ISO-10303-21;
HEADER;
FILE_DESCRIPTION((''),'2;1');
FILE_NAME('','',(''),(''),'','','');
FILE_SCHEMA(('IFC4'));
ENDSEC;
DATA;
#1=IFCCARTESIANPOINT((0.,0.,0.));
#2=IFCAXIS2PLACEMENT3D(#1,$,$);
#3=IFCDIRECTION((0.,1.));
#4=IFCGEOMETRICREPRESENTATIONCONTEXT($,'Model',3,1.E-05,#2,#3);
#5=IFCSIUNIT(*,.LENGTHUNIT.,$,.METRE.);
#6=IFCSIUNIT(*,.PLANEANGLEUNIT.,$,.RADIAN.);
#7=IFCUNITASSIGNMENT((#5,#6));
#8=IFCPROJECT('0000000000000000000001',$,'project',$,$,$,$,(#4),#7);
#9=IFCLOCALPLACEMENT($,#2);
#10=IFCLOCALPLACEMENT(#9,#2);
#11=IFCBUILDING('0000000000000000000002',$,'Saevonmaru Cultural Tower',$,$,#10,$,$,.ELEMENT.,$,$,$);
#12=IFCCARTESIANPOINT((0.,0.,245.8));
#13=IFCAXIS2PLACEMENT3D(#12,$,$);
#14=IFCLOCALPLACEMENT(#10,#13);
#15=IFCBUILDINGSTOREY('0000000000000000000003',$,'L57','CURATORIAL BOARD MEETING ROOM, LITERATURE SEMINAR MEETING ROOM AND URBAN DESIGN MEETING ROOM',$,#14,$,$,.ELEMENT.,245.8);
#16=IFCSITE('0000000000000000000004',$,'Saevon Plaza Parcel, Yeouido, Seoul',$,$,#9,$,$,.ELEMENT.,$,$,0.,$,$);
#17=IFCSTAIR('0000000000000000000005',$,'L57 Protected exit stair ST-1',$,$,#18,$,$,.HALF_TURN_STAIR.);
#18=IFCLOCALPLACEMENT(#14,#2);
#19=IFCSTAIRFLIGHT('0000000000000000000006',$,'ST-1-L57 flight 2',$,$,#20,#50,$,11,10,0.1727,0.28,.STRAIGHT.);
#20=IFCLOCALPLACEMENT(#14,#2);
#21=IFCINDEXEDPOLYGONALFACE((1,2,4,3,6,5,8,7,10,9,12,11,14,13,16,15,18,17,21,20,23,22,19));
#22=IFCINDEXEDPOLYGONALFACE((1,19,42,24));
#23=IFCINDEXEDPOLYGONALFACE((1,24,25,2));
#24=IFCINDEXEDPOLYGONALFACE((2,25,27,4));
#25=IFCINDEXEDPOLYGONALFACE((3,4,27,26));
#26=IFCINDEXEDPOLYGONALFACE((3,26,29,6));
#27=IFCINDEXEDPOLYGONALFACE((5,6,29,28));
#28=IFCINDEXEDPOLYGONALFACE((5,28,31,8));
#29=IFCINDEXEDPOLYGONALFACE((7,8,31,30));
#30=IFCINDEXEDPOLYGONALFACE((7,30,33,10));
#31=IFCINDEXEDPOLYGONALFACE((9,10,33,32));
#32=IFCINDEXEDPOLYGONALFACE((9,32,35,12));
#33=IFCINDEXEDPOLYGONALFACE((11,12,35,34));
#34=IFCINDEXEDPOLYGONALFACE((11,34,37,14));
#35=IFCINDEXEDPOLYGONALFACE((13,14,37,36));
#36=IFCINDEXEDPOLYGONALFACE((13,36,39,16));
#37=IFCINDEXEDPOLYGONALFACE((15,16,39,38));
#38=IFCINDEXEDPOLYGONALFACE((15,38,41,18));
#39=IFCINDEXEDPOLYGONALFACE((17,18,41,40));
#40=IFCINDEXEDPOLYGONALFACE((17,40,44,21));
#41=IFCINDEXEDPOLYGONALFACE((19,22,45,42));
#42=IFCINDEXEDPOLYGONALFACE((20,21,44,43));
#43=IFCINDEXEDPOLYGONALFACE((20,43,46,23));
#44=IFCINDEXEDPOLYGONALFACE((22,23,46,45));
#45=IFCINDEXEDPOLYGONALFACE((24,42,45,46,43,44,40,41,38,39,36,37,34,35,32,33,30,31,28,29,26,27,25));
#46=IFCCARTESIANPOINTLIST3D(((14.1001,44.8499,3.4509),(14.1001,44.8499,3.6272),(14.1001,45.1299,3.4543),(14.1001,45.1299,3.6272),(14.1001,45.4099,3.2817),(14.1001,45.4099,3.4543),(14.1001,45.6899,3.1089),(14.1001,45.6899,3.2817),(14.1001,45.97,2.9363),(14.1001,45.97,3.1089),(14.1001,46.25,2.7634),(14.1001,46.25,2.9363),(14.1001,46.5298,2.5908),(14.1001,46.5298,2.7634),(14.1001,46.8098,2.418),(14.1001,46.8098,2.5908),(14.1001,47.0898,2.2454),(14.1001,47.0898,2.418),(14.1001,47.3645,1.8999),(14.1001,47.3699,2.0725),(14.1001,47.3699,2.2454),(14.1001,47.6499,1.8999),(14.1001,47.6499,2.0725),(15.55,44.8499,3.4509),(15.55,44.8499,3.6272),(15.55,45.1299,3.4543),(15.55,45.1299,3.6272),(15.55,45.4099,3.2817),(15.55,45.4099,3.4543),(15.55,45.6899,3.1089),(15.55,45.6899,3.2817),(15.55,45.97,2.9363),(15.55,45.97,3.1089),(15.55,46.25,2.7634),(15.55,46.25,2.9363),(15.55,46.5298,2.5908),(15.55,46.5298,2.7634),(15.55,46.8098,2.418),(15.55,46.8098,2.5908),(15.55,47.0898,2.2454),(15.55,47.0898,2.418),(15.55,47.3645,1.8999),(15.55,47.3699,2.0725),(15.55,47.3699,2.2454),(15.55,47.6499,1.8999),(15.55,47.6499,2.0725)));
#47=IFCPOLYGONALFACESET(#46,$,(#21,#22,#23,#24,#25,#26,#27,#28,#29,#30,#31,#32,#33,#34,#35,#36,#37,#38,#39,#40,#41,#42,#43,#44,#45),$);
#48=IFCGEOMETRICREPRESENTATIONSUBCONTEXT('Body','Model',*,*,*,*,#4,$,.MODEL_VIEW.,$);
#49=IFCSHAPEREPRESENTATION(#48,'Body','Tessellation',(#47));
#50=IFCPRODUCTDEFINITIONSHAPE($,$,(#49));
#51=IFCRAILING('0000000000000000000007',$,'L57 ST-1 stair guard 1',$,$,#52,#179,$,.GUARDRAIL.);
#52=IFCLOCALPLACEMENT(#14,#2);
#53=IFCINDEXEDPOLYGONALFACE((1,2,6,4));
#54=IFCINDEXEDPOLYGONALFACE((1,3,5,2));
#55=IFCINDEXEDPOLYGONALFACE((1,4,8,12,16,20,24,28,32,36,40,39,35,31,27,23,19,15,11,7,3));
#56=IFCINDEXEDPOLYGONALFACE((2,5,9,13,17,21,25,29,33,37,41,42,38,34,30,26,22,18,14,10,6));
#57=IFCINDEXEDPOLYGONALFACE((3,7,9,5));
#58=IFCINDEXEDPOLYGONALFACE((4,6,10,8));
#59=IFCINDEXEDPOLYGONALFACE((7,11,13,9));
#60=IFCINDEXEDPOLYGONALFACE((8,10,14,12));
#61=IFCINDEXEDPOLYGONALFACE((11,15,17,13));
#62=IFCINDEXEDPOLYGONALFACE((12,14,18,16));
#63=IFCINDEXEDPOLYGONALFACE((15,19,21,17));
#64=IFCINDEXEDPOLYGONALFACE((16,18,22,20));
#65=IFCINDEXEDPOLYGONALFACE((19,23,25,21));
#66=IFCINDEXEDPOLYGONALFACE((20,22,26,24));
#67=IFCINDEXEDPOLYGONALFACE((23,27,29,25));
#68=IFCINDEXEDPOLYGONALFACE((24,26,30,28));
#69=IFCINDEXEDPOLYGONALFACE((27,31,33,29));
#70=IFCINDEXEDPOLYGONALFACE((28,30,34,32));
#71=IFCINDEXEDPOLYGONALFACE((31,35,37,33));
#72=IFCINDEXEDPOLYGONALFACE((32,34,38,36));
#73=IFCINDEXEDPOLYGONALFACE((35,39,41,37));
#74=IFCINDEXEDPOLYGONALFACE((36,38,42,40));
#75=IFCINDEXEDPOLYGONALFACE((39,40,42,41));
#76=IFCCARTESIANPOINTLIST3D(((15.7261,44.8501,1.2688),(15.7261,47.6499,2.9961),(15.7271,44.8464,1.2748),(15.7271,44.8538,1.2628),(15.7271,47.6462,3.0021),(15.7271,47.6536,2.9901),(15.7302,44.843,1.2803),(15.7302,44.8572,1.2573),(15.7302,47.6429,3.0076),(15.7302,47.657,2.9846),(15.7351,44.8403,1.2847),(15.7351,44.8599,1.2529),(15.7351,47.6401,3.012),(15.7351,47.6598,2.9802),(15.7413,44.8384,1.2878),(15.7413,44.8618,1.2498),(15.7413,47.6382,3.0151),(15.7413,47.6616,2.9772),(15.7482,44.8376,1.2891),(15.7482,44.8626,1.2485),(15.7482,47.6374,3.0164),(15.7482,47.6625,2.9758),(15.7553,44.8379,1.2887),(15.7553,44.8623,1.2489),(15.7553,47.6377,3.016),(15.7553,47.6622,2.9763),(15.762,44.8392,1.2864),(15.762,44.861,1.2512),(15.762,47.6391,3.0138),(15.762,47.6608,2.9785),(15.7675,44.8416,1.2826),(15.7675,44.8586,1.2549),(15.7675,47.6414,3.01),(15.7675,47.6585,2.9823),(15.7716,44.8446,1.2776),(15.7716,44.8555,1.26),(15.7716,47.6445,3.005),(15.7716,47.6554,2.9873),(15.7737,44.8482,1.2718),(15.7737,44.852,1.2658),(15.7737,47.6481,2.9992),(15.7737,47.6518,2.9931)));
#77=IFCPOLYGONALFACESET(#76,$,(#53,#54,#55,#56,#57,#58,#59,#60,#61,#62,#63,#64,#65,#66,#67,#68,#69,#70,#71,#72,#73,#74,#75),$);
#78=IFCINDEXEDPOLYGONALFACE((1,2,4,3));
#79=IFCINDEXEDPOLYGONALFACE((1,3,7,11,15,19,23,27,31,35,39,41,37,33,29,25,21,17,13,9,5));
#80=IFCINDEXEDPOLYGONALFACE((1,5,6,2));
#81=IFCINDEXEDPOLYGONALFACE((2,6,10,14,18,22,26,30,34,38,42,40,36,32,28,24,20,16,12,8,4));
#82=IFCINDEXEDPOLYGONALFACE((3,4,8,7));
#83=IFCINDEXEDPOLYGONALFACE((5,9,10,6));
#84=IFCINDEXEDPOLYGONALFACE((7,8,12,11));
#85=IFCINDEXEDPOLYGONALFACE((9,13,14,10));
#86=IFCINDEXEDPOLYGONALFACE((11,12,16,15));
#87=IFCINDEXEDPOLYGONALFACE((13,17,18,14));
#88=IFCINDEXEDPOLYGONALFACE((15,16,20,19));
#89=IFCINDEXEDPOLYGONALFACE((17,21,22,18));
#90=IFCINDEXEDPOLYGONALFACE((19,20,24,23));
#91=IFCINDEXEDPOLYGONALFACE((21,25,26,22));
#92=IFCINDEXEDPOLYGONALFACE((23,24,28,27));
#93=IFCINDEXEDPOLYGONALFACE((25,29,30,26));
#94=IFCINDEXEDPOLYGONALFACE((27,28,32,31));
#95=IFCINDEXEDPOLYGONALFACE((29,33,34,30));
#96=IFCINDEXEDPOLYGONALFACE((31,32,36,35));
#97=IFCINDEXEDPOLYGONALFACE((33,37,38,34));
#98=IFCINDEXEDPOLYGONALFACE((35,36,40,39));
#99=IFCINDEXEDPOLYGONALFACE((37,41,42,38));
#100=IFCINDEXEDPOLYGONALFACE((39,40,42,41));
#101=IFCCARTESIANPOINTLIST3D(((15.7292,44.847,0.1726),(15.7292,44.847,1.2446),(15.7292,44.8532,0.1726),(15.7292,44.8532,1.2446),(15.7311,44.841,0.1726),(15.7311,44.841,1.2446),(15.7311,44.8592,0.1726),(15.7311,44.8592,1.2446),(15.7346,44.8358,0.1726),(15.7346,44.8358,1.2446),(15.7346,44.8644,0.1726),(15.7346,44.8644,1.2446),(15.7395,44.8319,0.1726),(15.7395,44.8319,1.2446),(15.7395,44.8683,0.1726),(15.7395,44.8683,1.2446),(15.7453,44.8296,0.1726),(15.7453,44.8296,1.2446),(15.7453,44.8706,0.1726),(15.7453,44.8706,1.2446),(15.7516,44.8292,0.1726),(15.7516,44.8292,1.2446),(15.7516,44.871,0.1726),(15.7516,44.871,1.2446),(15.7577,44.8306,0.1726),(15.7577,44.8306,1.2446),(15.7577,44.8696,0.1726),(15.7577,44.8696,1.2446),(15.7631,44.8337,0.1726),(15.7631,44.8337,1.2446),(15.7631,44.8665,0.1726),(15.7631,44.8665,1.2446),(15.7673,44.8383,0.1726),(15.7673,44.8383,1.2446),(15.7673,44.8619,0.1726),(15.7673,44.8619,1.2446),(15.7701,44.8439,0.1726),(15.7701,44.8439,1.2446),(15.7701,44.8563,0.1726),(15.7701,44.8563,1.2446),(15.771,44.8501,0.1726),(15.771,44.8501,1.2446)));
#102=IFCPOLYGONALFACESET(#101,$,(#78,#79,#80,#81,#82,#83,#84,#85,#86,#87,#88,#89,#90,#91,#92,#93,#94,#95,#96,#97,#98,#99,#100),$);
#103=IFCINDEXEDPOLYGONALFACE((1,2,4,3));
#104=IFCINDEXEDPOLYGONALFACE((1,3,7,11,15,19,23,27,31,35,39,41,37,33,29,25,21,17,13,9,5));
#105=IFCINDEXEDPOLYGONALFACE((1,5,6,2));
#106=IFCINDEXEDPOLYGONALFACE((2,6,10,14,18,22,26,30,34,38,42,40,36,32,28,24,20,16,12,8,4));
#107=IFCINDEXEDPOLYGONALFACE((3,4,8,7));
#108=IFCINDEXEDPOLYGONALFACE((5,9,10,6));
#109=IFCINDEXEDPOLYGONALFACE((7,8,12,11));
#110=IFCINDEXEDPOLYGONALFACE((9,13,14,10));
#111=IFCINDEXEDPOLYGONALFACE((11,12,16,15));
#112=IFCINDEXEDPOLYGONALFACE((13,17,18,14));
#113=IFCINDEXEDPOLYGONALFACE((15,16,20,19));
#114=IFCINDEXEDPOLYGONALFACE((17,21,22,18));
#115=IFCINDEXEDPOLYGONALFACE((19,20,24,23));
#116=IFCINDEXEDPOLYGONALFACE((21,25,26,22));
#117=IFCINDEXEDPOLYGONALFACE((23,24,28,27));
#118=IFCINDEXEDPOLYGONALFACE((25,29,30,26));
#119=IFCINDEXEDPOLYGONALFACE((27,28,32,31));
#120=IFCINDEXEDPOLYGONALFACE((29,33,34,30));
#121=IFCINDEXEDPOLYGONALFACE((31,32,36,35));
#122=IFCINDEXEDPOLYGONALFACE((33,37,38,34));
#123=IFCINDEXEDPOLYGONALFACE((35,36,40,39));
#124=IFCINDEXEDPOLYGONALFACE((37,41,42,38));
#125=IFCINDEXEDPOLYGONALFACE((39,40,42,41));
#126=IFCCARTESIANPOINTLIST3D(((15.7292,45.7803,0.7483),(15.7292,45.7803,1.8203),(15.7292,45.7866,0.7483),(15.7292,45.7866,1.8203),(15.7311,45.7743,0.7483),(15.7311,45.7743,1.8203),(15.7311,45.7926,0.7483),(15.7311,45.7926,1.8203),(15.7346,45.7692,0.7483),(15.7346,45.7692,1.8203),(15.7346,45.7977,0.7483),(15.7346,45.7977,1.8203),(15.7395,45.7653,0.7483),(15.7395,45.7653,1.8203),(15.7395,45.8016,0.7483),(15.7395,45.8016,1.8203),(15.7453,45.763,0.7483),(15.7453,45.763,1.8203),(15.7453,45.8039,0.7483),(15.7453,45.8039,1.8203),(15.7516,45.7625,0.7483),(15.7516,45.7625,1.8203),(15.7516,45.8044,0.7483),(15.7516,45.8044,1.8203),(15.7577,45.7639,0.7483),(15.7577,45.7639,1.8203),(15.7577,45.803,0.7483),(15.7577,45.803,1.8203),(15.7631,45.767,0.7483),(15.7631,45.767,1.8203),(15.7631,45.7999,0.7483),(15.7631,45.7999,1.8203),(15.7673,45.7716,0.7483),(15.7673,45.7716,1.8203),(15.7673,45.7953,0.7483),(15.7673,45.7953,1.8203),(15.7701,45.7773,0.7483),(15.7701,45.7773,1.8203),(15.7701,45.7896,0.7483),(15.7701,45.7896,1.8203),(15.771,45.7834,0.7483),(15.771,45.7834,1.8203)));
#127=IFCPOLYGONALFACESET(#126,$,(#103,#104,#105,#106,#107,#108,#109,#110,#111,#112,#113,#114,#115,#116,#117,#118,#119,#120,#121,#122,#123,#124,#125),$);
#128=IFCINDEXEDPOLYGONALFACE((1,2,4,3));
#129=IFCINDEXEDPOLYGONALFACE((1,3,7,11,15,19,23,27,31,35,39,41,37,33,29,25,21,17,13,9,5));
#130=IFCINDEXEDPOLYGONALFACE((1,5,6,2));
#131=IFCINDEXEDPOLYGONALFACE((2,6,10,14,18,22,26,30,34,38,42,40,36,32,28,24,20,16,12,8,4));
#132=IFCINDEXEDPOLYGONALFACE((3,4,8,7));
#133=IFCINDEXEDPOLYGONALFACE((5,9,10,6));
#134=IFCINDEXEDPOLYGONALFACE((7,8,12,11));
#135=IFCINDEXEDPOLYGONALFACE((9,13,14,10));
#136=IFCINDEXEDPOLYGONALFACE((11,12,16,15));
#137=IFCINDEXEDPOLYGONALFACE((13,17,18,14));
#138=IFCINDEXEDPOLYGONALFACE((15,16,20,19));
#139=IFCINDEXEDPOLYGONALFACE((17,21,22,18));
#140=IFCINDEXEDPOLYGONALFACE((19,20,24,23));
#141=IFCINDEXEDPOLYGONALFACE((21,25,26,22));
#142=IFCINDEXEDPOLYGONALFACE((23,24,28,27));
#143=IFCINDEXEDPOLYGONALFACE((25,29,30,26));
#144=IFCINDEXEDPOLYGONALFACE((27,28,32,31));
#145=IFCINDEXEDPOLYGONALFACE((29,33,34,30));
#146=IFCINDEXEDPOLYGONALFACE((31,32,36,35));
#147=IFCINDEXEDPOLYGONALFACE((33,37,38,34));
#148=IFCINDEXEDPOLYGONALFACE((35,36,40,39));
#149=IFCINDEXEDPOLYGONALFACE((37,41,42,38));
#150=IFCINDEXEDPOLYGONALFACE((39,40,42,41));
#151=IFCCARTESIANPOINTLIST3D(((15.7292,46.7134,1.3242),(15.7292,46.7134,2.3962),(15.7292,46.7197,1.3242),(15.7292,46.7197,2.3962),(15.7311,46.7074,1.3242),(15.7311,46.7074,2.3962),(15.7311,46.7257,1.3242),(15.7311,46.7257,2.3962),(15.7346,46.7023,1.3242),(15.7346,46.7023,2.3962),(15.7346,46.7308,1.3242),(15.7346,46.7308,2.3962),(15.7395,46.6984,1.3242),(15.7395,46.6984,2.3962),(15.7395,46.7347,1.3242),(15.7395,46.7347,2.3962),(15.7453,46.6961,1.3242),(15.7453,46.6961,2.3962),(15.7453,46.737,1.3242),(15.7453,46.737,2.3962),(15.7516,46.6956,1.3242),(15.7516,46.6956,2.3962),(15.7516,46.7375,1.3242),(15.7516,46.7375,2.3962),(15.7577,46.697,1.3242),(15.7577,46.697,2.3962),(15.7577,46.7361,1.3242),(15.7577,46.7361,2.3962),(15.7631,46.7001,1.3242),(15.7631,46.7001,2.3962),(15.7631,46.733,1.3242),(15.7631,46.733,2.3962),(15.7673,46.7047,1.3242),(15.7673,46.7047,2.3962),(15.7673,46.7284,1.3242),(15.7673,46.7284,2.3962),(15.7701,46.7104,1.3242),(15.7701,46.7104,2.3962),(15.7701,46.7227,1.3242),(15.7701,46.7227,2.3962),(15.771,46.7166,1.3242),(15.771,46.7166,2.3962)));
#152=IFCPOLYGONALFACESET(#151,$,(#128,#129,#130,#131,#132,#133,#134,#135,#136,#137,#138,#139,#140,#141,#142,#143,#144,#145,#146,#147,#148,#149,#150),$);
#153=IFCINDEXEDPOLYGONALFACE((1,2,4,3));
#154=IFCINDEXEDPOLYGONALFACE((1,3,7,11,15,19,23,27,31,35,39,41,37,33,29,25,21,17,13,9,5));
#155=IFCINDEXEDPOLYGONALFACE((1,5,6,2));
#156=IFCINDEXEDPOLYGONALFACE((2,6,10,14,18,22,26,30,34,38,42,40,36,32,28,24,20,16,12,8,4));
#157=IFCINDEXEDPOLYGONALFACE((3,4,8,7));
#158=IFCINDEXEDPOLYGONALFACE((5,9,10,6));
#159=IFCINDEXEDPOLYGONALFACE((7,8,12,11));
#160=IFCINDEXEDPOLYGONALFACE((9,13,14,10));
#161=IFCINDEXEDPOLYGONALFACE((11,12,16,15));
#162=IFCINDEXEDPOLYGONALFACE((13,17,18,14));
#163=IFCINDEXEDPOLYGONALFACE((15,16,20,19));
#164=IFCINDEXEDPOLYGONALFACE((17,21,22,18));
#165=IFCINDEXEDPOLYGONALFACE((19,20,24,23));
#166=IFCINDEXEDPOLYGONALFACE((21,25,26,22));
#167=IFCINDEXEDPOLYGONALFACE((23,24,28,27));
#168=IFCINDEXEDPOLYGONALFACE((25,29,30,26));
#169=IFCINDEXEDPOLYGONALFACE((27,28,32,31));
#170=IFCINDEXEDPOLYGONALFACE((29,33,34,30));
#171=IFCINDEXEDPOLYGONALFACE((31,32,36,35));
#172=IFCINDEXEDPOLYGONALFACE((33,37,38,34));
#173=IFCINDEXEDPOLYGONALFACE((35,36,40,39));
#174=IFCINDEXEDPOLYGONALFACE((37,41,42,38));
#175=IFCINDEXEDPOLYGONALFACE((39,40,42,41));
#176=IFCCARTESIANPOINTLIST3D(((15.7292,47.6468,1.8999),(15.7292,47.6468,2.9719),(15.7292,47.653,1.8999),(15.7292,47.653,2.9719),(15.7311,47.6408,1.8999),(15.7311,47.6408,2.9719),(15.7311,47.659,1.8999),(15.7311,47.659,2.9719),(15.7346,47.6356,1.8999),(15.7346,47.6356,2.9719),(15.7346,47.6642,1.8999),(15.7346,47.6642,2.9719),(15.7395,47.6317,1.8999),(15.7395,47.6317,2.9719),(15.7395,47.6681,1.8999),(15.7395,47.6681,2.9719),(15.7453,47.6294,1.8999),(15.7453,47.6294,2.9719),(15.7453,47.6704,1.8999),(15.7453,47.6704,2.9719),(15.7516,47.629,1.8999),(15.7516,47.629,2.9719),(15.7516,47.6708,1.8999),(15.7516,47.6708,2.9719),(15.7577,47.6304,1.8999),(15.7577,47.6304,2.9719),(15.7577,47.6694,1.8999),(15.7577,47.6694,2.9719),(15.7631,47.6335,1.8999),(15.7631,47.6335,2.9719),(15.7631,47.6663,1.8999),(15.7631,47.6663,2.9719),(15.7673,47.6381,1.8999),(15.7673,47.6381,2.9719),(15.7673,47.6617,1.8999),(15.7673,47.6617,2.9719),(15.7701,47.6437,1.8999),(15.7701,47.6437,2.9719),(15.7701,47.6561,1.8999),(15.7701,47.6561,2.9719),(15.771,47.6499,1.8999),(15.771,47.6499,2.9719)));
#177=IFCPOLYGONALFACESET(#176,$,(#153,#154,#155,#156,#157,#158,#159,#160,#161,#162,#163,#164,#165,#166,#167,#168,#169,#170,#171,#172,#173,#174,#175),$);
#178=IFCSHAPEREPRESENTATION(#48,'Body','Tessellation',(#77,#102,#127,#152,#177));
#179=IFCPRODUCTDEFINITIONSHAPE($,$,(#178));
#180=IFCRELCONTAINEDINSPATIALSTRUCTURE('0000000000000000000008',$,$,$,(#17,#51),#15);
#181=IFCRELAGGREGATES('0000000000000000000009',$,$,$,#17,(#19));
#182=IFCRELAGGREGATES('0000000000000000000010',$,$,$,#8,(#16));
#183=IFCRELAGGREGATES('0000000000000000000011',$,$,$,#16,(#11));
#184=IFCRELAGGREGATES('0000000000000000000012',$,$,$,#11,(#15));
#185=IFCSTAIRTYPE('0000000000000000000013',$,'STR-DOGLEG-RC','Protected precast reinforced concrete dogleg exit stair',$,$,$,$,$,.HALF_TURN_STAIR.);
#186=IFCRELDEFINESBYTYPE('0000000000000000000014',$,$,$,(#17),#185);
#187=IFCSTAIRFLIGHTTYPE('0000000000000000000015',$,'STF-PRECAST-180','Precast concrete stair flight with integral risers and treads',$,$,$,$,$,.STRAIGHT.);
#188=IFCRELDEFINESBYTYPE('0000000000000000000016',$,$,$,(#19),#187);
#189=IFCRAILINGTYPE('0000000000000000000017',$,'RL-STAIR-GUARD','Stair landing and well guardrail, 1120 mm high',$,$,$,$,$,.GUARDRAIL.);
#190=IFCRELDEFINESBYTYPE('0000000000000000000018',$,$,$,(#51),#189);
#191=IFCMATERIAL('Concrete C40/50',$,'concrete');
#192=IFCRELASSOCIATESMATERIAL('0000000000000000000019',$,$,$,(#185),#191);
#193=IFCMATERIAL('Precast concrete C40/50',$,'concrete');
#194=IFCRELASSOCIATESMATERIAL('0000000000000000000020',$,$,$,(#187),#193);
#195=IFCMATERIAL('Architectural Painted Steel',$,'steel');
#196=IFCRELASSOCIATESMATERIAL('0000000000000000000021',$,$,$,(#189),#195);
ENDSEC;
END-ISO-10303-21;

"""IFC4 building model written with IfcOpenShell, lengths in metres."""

from ifc_helpers import new_model, si_unit, direction, frame, origin, origin_2d, place, context, subcontext, project, spatial, polyline, circle, outline, extrude, material, type_object, element, aggregate, save


model = new_model("IFC4")

# Units and contexts
model_context = context("Model", 3, precision=1e-05, world=origin(), true_north=direction((0.0, 1.0)))
body_context = subcontext(model_context, "Body", "Model", "MODEL_VIEW")
ifc_project = project(units=[si_unit("LENGTHUNIT", "METRE"), si_unit("PLANEANGLEUNIT", "RADIAN")], contexts=[model_context])

# Site, building, storey
site_placement = place(None, origin())
site = spatial("IfcSite", under=ifc_project, at=site_placement, Name="Saevon Plaza Parcel, Yeouido, Seoul", CompositionType="ELEMENT", RefElevation=0.0)
building_placement = place(site_placement, origin())
building = spatial("IfcBuilding", under=site, at=building_placement, Name="Saevonmaru Cultural Tower", CompositionType="ELEMENT")
storey_placement = place(building_placement, frame((0.0, 0.0, 245.8)))
storey = spatial("IfcBuildingStorey", under=building, at=storey_placement, Name="L57", Description="CURATORIAL BOARD MEETING ROOM, LITERATURE SEMINAR MEETING ROOM AND URBAN DESIGN MEETING ROOM", CompositionType="ELEMENT", Elevation=245.8)

# Shared definitions
ifc_material_1 = material(Name="Concrete C40/50", Category="concrete")

# Stair, stair flight
stair_type = type_object("IfcStairType", Name="STR-DOGLEG-RC", Description="Protected precast reinforced concrete dogleg exit stair", PredefinedType="HALF_TURN_STAIR", material=ifc_material_1)
stair_placement = place(storey_placement, origin())
stair = element("IfcStair", 1, at=stair_placement, inside=storey, type_object=stair_type, Name="L57 Protected exit stair ST-1", PredefinedType="HALF_TURN_STAIR")
ifc_material_2 = material(Name="Precast concrete C40/50", Category="concrete")
stair_flight_type = type_object("IfcStairFlightType", Name="STF-PRECAST-180", Description="Precast concrete stair flight with integral risers and treads", PredefinedType="STRAIGHT", material=ifc_material_2)
stair_flight_1_placement = place(storey_placement, frame((14.825, 47.6499, 1.8999), z_axis=(0.0, 0.0, 1.0), x_axis=(0.0, -1.0, 0.0)))
stair_flight_1 = element("IfcStairFlight", 2, at=stair_flight_1_placement, type_object=stair_flight_type, Name="ST-1-L57 flight 2", NumberOfRisers=11, NumberOfTreads=10, PredefinedType="STRAIGHT", RiserHeight=0.1727, TreadLength=0.28, context=body_context, shape_type="SweptSolid", body=[
    extrude(outline(polyline([(0.0, 0.0), (0.0, 0.1726), (0.28, 0.1726), (0.28, 0.3455), (0.5601, 0.3455), (0.5601, 0.5181), (0.8401, 0.5181), (0.8401, 0.6909), (1.1201, 0.6909), (1.1201, 0.8635), (1.3999, 0.8635), (1.3999, 1.0364), (1.6799, 1.0364), (1.6799, 1.209), (1.96, 1.209), (1.96, 1.3818), (2.24, 1.3818), (2.24, 1.5544), (2.52, 1.5544), (2.52, 1.7273), (2.8, 1.7273), (2.8, 1.8999), (2.8, 1.551), (0.2854, 0.0), (0.0, 0.0)])), frame((0.0, 0.7251, 0.0), z_axis=(0.0, -1.0, 0.0), x_axis=(1.0, 0.0, 0.0)), (0.0, 0.0, 1.0), 1.45),
])
aggregate(stair, [stair_flight_1])

# Railing
ifc_material_3 = material(Name="Architectural Painted Steel", Category="steel")
railing_type_1 = type_object("IfcRailingType", Name="RL-STAIR-GUARD", Description="Stair landing and well guardrail, 1120 mm high", PredefinedType="GUARDRAIL", material=ifc_material_3)
railing_1_placement = place(storey_placement, frame((15.75, 44.8501, 0.1726)))
element("IfcRailing", 3, at=railing_1_placement, inside=storey, type_object=railing_type_1, Name="L57 ST-1 stair guard 1", PredefinedType="GUARDRAIL", context=body_context, shape_type="SweptSolid", body=[
    extrude(circle(Radius=0.0239, at=origin_2d()), frame((0.0, 0.0, 1.0962), z_axis=(0.0, 0.851069, 0.525054), x_axis=(-1.0, 0.0, 0.0)), (0.0, 0.0, 1.0), 3.2898),
    extrude(circle(Radius=0.021, at=origin_2d()), origin(), (0.0, 0.0, 1.0), 1.072),
    extrude(circle(Radius=0.021, at=origin_2d()), frame((0.0, 0.9333, 0.5757)), (0.0, 0.0, 1.0), 1.072),
    extrude(circle(Radius=0.021, at=origin_2d()), frame((0.0, 1.8665, 1.1516)), (0.0, 0.0, 1.0), 1.072),
    extrude(circle(Radius=0.021, at=origin_2d()), frame((0.0, 2.7998, 1.7273)), (0.0, 0.0, 1.0), 1.072),
])

save(model, "model.ifc")
